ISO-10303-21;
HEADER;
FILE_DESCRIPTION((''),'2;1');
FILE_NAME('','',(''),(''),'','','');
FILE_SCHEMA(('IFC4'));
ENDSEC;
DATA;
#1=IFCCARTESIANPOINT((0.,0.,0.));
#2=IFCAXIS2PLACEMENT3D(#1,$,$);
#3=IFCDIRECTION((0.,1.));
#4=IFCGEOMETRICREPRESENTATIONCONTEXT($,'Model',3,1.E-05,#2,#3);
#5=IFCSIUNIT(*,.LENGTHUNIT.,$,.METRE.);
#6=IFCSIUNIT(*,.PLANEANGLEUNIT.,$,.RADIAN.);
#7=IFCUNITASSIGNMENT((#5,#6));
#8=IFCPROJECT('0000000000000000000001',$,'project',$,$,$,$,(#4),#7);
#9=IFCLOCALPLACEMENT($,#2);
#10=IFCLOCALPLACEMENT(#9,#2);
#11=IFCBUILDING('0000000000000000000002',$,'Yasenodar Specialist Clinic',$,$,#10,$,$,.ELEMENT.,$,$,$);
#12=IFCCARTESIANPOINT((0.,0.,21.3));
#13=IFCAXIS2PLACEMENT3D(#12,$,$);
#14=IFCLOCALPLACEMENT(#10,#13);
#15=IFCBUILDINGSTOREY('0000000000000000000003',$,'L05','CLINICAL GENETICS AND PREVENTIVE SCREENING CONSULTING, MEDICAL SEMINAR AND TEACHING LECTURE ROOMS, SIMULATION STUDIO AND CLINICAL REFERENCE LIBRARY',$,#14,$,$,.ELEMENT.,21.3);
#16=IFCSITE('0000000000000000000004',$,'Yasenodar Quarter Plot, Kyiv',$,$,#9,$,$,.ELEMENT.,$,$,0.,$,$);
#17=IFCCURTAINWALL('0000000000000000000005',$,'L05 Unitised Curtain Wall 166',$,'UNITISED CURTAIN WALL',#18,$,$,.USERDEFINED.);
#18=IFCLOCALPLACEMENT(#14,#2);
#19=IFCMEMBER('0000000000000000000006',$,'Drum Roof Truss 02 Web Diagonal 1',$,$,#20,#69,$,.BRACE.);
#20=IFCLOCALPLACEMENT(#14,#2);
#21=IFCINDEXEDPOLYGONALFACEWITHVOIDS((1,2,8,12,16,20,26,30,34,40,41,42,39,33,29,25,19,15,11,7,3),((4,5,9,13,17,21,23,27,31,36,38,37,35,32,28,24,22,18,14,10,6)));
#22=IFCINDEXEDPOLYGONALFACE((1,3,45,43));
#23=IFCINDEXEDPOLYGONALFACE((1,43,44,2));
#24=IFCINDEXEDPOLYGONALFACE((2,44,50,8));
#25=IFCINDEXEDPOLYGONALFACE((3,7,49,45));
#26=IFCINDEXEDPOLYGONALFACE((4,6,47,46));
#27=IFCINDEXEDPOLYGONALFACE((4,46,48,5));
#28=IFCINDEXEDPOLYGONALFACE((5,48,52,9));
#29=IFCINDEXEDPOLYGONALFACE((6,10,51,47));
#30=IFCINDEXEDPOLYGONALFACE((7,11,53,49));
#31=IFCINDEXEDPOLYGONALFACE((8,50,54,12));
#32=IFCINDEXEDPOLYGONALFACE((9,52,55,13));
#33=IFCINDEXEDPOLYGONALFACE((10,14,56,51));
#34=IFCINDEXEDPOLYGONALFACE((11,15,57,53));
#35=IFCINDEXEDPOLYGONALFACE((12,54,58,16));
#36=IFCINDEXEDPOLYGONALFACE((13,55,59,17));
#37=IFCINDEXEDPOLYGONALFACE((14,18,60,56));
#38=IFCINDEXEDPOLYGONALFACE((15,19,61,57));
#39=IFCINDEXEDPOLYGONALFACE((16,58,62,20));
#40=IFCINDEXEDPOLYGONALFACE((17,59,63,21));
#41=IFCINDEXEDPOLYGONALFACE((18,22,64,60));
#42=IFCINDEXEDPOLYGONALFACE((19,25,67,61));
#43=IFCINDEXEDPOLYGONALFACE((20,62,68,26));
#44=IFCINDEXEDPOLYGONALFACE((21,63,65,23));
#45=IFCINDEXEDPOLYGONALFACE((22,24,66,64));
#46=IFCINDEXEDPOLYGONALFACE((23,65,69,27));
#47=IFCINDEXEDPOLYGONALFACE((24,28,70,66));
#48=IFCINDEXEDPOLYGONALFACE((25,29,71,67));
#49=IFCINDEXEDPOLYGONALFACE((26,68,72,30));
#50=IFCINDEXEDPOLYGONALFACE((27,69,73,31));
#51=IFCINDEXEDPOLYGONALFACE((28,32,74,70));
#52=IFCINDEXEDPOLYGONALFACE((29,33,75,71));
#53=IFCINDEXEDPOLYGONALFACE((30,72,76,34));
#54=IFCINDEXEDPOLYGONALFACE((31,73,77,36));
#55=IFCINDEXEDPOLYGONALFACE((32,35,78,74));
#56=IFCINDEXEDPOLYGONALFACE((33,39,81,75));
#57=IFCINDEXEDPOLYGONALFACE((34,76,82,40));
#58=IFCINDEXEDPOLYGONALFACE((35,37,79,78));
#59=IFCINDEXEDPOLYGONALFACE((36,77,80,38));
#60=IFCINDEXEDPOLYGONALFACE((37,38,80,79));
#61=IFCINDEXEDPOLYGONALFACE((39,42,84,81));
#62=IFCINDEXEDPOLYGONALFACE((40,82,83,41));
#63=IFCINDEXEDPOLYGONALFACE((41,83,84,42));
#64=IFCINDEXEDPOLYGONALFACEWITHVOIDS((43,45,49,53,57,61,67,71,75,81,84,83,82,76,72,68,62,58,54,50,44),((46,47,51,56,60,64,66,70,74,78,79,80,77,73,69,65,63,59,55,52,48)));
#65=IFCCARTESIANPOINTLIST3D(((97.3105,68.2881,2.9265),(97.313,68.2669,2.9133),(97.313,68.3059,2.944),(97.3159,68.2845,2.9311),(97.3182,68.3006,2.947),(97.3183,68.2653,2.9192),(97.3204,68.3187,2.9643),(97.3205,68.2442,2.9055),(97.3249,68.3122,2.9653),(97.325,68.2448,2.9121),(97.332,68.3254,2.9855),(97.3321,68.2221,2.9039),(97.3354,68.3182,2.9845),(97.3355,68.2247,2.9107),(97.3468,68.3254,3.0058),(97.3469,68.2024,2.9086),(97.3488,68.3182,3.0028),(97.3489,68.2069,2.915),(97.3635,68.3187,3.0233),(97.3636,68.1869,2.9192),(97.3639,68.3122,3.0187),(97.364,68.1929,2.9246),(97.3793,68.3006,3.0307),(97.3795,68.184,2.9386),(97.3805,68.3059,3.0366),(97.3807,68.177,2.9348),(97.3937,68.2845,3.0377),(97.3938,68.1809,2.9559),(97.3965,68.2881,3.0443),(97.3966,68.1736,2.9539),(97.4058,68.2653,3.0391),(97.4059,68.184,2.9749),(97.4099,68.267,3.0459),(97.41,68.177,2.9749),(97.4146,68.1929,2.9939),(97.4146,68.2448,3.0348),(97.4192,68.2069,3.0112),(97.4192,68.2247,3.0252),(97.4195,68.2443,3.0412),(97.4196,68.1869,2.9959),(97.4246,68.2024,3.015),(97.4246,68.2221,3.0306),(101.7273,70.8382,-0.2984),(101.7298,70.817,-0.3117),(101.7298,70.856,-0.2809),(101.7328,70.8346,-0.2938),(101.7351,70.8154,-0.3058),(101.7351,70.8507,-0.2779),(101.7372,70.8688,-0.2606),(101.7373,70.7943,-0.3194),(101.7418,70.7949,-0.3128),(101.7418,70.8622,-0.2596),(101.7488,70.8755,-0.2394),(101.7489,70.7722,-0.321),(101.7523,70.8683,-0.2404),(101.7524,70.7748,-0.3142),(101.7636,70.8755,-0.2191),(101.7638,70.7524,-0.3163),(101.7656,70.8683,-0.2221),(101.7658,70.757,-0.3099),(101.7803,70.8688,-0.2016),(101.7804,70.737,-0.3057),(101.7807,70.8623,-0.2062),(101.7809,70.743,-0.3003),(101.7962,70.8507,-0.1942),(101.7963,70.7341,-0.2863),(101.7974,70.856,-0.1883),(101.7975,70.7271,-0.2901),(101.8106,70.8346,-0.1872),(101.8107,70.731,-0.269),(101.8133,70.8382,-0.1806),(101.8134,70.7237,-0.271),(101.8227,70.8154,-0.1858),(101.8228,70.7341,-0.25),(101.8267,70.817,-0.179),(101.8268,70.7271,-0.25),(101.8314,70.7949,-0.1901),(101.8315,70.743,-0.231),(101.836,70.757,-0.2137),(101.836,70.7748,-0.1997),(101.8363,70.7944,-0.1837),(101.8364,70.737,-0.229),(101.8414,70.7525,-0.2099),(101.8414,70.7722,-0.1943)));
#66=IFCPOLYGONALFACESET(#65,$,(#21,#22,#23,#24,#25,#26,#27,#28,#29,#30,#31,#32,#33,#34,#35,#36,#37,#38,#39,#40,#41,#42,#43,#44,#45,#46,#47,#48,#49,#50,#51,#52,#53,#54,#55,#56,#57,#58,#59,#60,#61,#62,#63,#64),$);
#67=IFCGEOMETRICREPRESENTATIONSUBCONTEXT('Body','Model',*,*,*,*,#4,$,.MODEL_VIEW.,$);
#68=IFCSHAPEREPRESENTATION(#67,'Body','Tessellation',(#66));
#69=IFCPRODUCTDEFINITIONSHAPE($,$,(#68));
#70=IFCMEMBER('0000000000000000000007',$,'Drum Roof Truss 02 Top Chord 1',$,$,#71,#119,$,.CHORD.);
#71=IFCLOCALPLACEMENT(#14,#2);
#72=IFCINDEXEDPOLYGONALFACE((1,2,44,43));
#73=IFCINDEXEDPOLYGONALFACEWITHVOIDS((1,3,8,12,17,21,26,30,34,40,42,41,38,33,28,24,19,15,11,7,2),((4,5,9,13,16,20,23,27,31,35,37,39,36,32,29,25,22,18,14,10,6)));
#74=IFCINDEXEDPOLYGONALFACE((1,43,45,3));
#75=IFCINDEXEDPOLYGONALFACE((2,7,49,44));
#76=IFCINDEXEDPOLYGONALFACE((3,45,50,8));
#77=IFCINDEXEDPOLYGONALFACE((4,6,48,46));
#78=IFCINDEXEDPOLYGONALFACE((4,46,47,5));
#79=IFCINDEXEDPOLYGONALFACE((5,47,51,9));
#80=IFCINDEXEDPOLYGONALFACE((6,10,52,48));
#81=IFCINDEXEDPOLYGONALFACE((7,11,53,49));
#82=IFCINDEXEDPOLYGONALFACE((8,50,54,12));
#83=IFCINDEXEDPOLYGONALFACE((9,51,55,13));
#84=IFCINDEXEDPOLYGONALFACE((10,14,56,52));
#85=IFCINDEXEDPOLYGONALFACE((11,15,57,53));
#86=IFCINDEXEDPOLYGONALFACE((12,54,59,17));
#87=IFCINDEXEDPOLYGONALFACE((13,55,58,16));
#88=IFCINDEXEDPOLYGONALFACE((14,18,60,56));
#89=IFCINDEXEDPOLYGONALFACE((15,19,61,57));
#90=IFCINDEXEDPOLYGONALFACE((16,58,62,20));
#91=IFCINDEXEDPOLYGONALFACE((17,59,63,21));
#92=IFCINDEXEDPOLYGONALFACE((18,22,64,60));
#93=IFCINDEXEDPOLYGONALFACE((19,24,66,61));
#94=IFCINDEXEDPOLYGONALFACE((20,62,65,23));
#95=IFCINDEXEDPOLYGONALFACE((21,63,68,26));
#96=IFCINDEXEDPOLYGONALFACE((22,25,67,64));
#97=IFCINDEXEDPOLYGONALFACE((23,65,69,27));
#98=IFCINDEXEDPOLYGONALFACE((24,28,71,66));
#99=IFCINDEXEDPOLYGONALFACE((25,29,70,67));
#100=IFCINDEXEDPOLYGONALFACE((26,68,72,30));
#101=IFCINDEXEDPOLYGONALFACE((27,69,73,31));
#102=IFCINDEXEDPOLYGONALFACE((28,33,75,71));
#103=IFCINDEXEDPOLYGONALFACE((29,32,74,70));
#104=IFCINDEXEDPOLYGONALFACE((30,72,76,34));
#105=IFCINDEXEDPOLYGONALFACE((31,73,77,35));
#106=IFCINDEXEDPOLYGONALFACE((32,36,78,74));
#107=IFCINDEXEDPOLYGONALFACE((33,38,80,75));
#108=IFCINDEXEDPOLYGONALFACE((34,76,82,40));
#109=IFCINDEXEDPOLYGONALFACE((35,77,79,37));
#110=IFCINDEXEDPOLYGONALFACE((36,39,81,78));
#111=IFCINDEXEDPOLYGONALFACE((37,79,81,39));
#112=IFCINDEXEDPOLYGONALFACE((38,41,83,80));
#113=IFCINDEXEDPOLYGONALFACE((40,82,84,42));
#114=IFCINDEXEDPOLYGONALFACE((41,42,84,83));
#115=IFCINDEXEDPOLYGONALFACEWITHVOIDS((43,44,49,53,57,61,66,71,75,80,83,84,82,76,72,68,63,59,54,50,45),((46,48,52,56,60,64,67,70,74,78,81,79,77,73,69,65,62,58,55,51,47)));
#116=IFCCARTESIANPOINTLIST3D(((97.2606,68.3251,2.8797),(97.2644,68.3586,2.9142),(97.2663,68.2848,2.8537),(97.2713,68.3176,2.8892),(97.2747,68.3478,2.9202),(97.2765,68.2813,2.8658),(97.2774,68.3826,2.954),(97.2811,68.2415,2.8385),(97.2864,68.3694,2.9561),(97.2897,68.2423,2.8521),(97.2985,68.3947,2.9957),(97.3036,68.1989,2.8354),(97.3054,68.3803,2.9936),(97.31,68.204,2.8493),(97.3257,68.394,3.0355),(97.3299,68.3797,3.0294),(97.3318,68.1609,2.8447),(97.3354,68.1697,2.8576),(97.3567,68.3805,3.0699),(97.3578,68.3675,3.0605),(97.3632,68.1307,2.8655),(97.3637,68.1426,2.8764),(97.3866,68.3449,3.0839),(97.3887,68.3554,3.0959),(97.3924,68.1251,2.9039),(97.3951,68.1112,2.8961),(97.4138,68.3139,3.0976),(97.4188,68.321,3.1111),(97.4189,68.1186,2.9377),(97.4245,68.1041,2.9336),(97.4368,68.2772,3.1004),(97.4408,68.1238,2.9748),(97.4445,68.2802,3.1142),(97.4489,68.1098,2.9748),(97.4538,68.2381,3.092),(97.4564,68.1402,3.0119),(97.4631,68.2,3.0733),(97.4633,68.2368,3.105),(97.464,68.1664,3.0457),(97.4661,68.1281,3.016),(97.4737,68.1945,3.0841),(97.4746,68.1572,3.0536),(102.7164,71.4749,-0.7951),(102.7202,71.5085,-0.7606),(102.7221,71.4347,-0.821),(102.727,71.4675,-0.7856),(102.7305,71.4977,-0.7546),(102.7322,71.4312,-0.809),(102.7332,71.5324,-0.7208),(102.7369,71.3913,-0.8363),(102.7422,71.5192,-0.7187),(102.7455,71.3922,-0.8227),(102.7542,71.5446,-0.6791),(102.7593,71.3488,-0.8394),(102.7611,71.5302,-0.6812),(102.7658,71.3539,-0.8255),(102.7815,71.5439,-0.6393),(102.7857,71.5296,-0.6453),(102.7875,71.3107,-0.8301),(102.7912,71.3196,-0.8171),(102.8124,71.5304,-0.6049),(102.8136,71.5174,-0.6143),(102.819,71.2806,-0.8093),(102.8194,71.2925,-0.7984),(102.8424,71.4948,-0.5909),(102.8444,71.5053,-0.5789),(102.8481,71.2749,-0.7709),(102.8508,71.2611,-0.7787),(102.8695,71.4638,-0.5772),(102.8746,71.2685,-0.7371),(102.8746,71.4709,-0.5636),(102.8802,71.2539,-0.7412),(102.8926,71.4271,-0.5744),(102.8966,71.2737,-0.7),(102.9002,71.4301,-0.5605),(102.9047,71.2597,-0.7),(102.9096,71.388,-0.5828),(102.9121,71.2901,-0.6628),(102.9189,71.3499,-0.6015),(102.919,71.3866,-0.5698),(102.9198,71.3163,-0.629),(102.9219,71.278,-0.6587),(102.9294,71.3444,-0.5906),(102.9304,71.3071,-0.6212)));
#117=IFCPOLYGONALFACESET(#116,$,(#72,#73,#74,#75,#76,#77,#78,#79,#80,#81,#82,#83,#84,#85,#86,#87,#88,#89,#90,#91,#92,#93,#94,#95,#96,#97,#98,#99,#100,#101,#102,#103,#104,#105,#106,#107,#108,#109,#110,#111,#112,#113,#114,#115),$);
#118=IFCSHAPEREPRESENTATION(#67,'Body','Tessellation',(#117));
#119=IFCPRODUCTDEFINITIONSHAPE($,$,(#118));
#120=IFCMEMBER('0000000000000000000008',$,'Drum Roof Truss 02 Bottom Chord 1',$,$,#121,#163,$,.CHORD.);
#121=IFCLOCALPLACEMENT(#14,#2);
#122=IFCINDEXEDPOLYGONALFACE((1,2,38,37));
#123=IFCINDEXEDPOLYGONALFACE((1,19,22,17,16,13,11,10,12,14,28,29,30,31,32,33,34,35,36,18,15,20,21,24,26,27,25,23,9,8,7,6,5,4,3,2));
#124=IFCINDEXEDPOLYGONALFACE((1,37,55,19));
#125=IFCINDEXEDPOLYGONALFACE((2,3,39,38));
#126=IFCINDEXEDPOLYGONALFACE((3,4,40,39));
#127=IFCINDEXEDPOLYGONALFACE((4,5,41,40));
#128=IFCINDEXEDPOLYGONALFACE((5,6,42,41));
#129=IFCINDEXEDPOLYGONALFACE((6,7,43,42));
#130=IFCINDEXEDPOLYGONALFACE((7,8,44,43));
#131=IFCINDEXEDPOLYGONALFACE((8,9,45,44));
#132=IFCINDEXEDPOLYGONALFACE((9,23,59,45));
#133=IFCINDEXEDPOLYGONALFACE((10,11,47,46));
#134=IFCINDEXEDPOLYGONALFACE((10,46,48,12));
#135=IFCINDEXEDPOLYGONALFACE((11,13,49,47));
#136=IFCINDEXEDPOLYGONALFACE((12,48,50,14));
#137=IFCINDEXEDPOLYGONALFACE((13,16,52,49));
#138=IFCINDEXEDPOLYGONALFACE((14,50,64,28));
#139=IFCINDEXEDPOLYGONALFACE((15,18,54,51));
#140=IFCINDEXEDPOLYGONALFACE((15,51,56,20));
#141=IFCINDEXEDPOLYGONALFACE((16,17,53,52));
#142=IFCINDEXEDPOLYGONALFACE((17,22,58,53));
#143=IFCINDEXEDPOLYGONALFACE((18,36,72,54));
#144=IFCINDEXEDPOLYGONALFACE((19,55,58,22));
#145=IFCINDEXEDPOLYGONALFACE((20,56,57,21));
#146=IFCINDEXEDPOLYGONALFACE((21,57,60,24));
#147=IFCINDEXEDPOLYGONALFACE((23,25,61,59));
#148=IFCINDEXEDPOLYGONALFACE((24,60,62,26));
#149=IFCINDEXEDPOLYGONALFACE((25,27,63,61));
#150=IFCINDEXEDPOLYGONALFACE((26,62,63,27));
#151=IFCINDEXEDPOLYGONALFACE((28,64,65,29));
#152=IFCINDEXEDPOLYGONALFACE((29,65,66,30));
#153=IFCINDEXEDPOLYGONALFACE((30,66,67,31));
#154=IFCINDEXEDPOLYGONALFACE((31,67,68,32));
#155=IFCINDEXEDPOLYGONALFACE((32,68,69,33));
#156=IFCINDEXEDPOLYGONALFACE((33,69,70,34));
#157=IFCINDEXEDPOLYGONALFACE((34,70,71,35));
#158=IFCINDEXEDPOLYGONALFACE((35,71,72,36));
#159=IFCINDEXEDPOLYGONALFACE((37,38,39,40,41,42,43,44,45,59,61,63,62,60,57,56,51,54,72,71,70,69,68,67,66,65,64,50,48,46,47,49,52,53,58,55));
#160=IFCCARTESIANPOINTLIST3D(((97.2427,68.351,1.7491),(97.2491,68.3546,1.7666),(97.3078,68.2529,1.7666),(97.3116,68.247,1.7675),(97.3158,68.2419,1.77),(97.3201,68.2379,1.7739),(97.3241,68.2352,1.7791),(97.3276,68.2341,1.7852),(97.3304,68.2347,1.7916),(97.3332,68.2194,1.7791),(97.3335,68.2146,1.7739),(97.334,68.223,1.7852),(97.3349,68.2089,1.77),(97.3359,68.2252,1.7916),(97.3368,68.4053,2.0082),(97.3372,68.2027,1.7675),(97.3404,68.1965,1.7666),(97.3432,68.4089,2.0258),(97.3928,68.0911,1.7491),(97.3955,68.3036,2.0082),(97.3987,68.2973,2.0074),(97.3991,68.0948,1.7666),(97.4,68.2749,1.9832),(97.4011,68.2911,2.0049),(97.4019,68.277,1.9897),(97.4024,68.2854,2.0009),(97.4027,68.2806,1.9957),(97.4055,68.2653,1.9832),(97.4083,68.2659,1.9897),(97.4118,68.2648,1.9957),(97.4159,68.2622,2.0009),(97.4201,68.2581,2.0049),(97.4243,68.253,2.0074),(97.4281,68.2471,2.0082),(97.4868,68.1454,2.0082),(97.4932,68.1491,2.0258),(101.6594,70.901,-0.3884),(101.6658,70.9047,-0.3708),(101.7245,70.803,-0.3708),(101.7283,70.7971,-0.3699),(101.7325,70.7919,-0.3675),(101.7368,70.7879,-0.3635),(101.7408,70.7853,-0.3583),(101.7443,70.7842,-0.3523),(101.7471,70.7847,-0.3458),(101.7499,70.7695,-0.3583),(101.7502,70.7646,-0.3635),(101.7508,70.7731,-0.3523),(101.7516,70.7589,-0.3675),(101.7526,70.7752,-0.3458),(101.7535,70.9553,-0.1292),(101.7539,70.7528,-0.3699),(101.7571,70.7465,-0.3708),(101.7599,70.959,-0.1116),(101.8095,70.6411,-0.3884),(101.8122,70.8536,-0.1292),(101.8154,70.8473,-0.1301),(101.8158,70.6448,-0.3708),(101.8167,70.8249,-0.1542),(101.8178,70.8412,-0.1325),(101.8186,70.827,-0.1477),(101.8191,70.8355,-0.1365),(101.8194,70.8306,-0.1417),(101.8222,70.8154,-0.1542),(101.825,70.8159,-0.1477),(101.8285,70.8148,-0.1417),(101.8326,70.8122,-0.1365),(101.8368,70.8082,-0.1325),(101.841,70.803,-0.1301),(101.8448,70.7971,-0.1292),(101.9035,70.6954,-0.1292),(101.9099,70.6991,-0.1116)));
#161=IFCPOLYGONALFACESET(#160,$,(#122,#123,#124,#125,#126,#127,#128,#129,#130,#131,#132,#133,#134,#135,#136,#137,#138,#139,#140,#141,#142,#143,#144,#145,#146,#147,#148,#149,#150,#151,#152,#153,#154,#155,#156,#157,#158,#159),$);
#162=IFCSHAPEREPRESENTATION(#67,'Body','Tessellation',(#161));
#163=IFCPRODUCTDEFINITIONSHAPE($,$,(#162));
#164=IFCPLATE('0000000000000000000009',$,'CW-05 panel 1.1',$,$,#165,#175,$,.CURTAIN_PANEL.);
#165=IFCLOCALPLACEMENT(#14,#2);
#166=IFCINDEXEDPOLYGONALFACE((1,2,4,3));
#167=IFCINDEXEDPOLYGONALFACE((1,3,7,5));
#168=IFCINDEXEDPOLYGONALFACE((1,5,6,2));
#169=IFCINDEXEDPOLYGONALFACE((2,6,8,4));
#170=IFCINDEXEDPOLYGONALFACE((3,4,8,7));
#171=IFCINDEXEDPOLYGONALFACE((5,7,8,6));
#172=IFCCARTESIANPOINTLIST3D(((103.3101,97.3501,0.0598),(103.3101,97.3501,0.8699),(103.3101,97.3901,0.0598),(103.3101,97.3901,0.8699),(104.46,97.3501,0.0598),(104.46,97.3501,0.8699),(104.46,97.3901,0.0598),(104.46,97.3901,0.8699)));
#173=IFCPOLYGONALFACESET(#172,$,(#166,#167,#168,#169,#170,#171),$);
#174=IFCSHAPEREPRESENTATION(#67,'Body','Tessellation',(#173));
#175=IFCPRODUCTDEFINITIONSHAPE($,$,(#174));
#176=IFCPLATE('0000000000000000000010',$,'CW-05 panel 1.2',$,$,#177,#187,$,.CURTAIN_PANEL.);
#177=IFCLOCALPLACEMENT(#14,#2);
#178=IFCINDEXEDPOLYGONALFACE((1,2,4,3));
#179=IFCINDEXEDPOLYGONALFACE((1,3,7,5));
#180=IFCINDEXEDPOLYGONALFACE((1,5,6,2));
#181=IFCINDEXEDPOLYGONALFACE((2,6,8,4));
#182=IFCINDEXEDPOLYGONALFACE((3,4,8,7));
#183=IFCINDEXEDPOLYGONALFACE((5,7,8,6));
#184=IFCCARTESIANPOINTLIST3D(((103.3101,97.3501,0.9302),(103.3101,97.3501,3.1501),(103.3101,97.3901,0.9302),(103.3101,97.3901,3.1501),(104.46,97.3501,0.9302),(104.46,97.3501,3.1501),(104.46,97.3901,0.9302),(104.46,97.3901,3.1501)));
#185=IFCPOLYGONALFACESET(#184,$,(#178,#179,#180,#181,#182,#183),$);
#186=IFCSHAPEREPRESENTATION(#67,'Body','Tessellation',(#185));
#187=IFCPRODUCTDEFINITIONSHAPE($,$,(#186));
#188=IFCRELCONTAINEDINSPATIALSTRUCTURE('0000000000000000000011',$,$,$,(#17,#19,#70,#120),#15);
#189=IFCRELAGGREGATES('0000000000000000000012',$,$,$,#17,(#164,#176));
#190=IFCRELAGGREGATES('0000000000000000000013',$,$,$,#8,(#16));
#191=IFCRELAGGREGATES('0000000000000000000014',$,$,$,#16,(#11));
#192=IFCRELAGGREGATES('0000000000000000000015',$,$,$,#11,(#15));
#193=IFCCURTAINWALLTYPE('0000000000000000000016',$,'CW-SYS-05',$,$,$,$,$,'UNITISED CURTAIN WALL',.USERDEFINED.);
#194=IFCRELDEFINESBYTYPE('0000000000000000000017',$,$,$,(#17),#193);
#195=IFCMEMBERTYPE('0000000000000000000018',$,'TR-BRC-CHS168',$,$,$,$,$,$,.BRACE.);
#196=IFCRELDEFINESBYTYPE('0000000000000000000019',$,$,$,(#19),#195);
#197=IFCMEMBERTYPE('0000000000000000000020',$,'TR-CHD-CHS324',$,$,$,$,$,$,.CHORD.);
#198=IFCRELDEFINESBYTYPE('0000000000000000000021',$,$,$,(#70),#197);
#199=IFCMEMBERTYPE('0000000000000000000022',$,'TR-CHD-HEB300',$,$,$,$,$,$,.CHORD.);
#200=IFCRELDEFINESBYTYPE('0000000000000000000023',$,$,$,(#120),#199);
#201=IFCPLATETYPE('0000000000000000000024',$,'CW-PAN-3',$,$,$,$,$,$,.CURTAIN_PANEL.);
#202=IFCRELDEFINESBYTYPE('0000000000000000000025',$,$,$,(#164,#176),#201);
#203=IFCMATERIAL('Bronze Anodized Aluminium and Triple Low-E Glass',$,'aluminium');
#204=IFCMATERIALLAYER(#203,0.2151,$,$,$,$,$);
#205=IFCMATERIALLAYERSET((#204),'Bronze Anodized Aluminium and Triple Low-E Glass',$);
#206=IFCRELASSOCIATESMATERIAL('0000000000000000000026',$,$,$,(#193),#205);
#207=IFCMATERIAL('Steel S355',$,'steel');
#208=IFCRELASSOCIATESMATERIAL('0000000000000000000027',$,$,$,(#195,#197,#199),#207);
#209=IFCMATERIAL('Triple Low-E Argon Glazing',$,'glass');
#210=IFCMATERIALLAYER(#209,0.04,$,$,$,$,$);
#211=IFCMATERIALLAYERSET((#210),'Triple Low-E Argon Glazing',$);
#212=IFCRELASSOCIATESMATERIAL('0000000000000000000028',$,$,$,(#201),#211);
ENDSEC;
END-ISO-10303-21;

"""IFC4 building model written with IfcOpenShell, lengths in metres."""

from ifc_helpers import new_model, si_unit, direction, frame, origin, origin_2d, place, context, subcontext, project, spatial, rectangle, hollow_circle, i_section, extrude, material, layer, layer_set, material_profile, profile_set, type_object, element, aggregate, save


model = new_model("IFC4")

# Units and contexts
model_context = context("Model", 3, precision=1e-05, world=origin(), true_north=direction((0.0, 1.0)))
body_context = subcontext(model_context, "Body", "Model", "MODEL_VIEW")
ifc_project = project(units=[si_unit("LENGTHUNIT", "METRE"), si_unit("PLANEANGLEUNIT", "RADIAN")], contexts=[model_context])

# Site, building, storey
site_placement = place(None, origin())
site = spatial("IfcSite", under=ifc_project, at=site_placement, Name="Yasenodar Quarter Plot, Kyiv", CompositionType="ELEMENT", RefElevation=0.0)
building_placement = place(site_placement, origin())
building = spatial("IfcBuilding", under=site, at=building_placement, Name="Yasenodar Specialist Clinic", CompositionType="ELEMENT")
storey_placement = place(building_placement, frame((0.0, 0.0, 21.3)))
storey = spatial("IfcBuildingStorey", under=building, at=storey_placement, Name="L05", Description="CLINICAL GENETICS AND PREVENTIVE SCREENING CONSULTING, MEDICAL SEMINAR AND TEACHING LECTURE ROOMS, SIMULATION STUDIO AND CLINICAL REFERENCE LIBRARY", CompositionType="ELEMENT", Elevation=21.3)

# Shared definitions
ifc_material_1 = material(Name="Steel S355", Category="steel")

# Curtain wall
ifc_material_2 = material(Name="Bronze Anodized Aluminium and Triple Low-E Glass", Category="aluminium")
ifc_layer_1 = layer(ifc_material_2, 0.2151)
ifc_layer_set_1 = layer_set([ifc_layer_1], Name="Bronze Anodized Aluminium and Triple Low-E Glass")
curtain_wall_type = type_object("IfcCurtainWallType", Name="CW-SYS-05", ElementType="UNITISED CURTAIN WALL", PredefinedType="USERDEFINED", material=ifc_layer_set_1)
curtain_wall_placement = place(storey_placement, origin())
curtain_wall = element("IfcCurtainWall", 1, at=curtain_wall_placement, inside=storey, type_object=curtain_wall_type, Name="L05 Unitised Curtain Wall 166", ObjectType="UNITISED CURTAIN WALL", PredefinedType="USERDEFINED")

# Members
ifc_material_profile_1 = material_profile(ifc_material_1, hollow_circle(Radius=0.0842, WallThickness=0.0081, at=origin_2d()), Name="CHS 168.3x8")
ifc_profile_set_1 = profile_set([ifc_material_profile_1], Name="Steel S355")
member_type_1 = type_object("IfcMemberType", Name="TR-BRC-CHS168", PredefinedType="BRACE", material=ifc_profile_set_1)
member_1_placement = place(storey_placement, frame((101.7847, 70.8, -0.25), z_axis=(-0.731967, -0.422608, 0.53444), x_axis=(0.500006, -0.866022, 0.0)))
element("IfcMember", 2, at=member_1_placement, inside=storey, type_object=member_type_1, Name="Drum Roof Truss 02 Web Diagonal 1", PredefinedType="BRACE", context=body_context, shape_type="SweptSolid", body=[
    extrude(hollow_circle(Radius=0.0842, WallThickness=0.0081, at=origin_2d()), origin(), (0.0, 0.0, 1.0), 6.0342),
])
ifc_material_profile_2 = material_profile(ifc_material_1, hollow_circle(Radius=0.1619, WallThickness=0.0161, at=origin_2d()), Name="CHS 323.9x16")
ifc_profile_set_2 = profile_set([ifc_material_profile_2], Name="Steel S355")
member_type_2 = type_object("IfcMemberType", Name="TR-CHD-CHS324", PredefinedType="CHORD", material=ifc_profile_set_2)
member_2_placement = place(storey_placement, frame((102.8237, 71.3999, -0.7), z_axis=(-0.74806, -0.431891, 0.503862), x_axis=(0.499999, -0.866026, 0.0)))
element("IfcMember", 3, at=member_2_placement, inside=storey, type_object=member_type_2, Name="Drum Roof Truss 02 Top Chord 1", PredefinedType="CHORD", context=body_context, shape_type="SweptSolid", body=[
    extrude(hollow_circle(Radius=0.1619, WallThickness=0.0161, at=origin_2d()), origin(), (0.0, 0.0, 1.0), 7.2932),
])
ifc_material_profile_3 = material_profile(ifc_material_1, i_section(OverallWidth=0.3, OverallDepth=0.3, WebThickness=0.011, FlangeThickness=0.019, FilletRadius=0.0271, at=origin_2d()), Name="HEB 300")
ifc_profile_set_3 = profile_set([ifc_material_profile_3], Name="Steel S355")
member_type_3 = type_object("IfcMemberType", Name="TR-CHD-HEB300", PredefinedType="CHORD", material=ifc_profile_set_3)
member_3_placement = place(storey_placement, frame((101.7847, 70.8, -0.25), z_axis=(-0.798712, -0.461143, 0.386531), x_axis=(0.500006, -0.866022, 0.0)))
element("IfcMember", 4, at=member_3_placement, inside=storey, type_object=member_type_3, Name="Drum Roof Truss 02 Bottom Chord 1", PredefinedType="CHORD", context=body_context, shape_type="SweptSolid", body=[
    extrude(i_section(OverallWidth=0.3, OverallDepth=0.3, WebThickness=0.011, FlangeThickness=0.019, FilletRadius=0.0271, at=origin_2d()), origin(), (0.0, 0.0, 1.0), 5.5298),
])

# Plates
ifc_material_3 = material(Name="Triple Low-E Argon Glazing", Category="glass")
ifc_layer_2 = layer(ifc_material_3, 0.04)
ifc_layer_set_2 = layer_set([ifc_layer_2], Name="Triple Low-E Argon Glazing")
plate_type_1 = type_object("IfcPlateType", Name="CW-PAN-3", PredefinedType="CURTAIN_PANEL", material=ifc_layer_set_2)
plate_1_placement = place(storey_placement, frame((103.885, 97.3701, 0.0598), z_axis=(0.0, 0.0, 1.0), x_axis=(-1.0, 0.0, 0.0)))
plate_1 = element("IfcPlate", 5, at=plate_1_placement, type_object=plate_type_1, Name="CW-05 panel 1.1", PredefinedType="CURTAIN_PANEL", context=body_context, shape_type="SweptSolid", body=[
    extrude(rectangle(XDim=1.1499, YDim=0.04, at=origin_2d()), origin(), (0.0, 0.0, 1.0), 0.8101),
])
plate_2_placement = place(storey_placement, frame((103.885, 97.3701, 0.9302), z_axis=(0.0, 0.0, 1.0), x_axis=(-1.0, 0.0, 0.0)))
plate_2 = element("IfcPlate", 6, at=plate_2_placement, type_object=plate_type_1, Name="CW-05 panel 1.2", PredefinedType="CURTAIN_PANEL", context=body_context, shape_type="SweptSolid", body=[
    extrude(rectangle(XDim=1.1499, YDim=0.04, at=origin_2d()), origin(), (0.0, 0.0, 1.0), 2.22),
])
aggregate(curtain_wall, [plate_1, plate_2])

save(model, "model.ifc")
